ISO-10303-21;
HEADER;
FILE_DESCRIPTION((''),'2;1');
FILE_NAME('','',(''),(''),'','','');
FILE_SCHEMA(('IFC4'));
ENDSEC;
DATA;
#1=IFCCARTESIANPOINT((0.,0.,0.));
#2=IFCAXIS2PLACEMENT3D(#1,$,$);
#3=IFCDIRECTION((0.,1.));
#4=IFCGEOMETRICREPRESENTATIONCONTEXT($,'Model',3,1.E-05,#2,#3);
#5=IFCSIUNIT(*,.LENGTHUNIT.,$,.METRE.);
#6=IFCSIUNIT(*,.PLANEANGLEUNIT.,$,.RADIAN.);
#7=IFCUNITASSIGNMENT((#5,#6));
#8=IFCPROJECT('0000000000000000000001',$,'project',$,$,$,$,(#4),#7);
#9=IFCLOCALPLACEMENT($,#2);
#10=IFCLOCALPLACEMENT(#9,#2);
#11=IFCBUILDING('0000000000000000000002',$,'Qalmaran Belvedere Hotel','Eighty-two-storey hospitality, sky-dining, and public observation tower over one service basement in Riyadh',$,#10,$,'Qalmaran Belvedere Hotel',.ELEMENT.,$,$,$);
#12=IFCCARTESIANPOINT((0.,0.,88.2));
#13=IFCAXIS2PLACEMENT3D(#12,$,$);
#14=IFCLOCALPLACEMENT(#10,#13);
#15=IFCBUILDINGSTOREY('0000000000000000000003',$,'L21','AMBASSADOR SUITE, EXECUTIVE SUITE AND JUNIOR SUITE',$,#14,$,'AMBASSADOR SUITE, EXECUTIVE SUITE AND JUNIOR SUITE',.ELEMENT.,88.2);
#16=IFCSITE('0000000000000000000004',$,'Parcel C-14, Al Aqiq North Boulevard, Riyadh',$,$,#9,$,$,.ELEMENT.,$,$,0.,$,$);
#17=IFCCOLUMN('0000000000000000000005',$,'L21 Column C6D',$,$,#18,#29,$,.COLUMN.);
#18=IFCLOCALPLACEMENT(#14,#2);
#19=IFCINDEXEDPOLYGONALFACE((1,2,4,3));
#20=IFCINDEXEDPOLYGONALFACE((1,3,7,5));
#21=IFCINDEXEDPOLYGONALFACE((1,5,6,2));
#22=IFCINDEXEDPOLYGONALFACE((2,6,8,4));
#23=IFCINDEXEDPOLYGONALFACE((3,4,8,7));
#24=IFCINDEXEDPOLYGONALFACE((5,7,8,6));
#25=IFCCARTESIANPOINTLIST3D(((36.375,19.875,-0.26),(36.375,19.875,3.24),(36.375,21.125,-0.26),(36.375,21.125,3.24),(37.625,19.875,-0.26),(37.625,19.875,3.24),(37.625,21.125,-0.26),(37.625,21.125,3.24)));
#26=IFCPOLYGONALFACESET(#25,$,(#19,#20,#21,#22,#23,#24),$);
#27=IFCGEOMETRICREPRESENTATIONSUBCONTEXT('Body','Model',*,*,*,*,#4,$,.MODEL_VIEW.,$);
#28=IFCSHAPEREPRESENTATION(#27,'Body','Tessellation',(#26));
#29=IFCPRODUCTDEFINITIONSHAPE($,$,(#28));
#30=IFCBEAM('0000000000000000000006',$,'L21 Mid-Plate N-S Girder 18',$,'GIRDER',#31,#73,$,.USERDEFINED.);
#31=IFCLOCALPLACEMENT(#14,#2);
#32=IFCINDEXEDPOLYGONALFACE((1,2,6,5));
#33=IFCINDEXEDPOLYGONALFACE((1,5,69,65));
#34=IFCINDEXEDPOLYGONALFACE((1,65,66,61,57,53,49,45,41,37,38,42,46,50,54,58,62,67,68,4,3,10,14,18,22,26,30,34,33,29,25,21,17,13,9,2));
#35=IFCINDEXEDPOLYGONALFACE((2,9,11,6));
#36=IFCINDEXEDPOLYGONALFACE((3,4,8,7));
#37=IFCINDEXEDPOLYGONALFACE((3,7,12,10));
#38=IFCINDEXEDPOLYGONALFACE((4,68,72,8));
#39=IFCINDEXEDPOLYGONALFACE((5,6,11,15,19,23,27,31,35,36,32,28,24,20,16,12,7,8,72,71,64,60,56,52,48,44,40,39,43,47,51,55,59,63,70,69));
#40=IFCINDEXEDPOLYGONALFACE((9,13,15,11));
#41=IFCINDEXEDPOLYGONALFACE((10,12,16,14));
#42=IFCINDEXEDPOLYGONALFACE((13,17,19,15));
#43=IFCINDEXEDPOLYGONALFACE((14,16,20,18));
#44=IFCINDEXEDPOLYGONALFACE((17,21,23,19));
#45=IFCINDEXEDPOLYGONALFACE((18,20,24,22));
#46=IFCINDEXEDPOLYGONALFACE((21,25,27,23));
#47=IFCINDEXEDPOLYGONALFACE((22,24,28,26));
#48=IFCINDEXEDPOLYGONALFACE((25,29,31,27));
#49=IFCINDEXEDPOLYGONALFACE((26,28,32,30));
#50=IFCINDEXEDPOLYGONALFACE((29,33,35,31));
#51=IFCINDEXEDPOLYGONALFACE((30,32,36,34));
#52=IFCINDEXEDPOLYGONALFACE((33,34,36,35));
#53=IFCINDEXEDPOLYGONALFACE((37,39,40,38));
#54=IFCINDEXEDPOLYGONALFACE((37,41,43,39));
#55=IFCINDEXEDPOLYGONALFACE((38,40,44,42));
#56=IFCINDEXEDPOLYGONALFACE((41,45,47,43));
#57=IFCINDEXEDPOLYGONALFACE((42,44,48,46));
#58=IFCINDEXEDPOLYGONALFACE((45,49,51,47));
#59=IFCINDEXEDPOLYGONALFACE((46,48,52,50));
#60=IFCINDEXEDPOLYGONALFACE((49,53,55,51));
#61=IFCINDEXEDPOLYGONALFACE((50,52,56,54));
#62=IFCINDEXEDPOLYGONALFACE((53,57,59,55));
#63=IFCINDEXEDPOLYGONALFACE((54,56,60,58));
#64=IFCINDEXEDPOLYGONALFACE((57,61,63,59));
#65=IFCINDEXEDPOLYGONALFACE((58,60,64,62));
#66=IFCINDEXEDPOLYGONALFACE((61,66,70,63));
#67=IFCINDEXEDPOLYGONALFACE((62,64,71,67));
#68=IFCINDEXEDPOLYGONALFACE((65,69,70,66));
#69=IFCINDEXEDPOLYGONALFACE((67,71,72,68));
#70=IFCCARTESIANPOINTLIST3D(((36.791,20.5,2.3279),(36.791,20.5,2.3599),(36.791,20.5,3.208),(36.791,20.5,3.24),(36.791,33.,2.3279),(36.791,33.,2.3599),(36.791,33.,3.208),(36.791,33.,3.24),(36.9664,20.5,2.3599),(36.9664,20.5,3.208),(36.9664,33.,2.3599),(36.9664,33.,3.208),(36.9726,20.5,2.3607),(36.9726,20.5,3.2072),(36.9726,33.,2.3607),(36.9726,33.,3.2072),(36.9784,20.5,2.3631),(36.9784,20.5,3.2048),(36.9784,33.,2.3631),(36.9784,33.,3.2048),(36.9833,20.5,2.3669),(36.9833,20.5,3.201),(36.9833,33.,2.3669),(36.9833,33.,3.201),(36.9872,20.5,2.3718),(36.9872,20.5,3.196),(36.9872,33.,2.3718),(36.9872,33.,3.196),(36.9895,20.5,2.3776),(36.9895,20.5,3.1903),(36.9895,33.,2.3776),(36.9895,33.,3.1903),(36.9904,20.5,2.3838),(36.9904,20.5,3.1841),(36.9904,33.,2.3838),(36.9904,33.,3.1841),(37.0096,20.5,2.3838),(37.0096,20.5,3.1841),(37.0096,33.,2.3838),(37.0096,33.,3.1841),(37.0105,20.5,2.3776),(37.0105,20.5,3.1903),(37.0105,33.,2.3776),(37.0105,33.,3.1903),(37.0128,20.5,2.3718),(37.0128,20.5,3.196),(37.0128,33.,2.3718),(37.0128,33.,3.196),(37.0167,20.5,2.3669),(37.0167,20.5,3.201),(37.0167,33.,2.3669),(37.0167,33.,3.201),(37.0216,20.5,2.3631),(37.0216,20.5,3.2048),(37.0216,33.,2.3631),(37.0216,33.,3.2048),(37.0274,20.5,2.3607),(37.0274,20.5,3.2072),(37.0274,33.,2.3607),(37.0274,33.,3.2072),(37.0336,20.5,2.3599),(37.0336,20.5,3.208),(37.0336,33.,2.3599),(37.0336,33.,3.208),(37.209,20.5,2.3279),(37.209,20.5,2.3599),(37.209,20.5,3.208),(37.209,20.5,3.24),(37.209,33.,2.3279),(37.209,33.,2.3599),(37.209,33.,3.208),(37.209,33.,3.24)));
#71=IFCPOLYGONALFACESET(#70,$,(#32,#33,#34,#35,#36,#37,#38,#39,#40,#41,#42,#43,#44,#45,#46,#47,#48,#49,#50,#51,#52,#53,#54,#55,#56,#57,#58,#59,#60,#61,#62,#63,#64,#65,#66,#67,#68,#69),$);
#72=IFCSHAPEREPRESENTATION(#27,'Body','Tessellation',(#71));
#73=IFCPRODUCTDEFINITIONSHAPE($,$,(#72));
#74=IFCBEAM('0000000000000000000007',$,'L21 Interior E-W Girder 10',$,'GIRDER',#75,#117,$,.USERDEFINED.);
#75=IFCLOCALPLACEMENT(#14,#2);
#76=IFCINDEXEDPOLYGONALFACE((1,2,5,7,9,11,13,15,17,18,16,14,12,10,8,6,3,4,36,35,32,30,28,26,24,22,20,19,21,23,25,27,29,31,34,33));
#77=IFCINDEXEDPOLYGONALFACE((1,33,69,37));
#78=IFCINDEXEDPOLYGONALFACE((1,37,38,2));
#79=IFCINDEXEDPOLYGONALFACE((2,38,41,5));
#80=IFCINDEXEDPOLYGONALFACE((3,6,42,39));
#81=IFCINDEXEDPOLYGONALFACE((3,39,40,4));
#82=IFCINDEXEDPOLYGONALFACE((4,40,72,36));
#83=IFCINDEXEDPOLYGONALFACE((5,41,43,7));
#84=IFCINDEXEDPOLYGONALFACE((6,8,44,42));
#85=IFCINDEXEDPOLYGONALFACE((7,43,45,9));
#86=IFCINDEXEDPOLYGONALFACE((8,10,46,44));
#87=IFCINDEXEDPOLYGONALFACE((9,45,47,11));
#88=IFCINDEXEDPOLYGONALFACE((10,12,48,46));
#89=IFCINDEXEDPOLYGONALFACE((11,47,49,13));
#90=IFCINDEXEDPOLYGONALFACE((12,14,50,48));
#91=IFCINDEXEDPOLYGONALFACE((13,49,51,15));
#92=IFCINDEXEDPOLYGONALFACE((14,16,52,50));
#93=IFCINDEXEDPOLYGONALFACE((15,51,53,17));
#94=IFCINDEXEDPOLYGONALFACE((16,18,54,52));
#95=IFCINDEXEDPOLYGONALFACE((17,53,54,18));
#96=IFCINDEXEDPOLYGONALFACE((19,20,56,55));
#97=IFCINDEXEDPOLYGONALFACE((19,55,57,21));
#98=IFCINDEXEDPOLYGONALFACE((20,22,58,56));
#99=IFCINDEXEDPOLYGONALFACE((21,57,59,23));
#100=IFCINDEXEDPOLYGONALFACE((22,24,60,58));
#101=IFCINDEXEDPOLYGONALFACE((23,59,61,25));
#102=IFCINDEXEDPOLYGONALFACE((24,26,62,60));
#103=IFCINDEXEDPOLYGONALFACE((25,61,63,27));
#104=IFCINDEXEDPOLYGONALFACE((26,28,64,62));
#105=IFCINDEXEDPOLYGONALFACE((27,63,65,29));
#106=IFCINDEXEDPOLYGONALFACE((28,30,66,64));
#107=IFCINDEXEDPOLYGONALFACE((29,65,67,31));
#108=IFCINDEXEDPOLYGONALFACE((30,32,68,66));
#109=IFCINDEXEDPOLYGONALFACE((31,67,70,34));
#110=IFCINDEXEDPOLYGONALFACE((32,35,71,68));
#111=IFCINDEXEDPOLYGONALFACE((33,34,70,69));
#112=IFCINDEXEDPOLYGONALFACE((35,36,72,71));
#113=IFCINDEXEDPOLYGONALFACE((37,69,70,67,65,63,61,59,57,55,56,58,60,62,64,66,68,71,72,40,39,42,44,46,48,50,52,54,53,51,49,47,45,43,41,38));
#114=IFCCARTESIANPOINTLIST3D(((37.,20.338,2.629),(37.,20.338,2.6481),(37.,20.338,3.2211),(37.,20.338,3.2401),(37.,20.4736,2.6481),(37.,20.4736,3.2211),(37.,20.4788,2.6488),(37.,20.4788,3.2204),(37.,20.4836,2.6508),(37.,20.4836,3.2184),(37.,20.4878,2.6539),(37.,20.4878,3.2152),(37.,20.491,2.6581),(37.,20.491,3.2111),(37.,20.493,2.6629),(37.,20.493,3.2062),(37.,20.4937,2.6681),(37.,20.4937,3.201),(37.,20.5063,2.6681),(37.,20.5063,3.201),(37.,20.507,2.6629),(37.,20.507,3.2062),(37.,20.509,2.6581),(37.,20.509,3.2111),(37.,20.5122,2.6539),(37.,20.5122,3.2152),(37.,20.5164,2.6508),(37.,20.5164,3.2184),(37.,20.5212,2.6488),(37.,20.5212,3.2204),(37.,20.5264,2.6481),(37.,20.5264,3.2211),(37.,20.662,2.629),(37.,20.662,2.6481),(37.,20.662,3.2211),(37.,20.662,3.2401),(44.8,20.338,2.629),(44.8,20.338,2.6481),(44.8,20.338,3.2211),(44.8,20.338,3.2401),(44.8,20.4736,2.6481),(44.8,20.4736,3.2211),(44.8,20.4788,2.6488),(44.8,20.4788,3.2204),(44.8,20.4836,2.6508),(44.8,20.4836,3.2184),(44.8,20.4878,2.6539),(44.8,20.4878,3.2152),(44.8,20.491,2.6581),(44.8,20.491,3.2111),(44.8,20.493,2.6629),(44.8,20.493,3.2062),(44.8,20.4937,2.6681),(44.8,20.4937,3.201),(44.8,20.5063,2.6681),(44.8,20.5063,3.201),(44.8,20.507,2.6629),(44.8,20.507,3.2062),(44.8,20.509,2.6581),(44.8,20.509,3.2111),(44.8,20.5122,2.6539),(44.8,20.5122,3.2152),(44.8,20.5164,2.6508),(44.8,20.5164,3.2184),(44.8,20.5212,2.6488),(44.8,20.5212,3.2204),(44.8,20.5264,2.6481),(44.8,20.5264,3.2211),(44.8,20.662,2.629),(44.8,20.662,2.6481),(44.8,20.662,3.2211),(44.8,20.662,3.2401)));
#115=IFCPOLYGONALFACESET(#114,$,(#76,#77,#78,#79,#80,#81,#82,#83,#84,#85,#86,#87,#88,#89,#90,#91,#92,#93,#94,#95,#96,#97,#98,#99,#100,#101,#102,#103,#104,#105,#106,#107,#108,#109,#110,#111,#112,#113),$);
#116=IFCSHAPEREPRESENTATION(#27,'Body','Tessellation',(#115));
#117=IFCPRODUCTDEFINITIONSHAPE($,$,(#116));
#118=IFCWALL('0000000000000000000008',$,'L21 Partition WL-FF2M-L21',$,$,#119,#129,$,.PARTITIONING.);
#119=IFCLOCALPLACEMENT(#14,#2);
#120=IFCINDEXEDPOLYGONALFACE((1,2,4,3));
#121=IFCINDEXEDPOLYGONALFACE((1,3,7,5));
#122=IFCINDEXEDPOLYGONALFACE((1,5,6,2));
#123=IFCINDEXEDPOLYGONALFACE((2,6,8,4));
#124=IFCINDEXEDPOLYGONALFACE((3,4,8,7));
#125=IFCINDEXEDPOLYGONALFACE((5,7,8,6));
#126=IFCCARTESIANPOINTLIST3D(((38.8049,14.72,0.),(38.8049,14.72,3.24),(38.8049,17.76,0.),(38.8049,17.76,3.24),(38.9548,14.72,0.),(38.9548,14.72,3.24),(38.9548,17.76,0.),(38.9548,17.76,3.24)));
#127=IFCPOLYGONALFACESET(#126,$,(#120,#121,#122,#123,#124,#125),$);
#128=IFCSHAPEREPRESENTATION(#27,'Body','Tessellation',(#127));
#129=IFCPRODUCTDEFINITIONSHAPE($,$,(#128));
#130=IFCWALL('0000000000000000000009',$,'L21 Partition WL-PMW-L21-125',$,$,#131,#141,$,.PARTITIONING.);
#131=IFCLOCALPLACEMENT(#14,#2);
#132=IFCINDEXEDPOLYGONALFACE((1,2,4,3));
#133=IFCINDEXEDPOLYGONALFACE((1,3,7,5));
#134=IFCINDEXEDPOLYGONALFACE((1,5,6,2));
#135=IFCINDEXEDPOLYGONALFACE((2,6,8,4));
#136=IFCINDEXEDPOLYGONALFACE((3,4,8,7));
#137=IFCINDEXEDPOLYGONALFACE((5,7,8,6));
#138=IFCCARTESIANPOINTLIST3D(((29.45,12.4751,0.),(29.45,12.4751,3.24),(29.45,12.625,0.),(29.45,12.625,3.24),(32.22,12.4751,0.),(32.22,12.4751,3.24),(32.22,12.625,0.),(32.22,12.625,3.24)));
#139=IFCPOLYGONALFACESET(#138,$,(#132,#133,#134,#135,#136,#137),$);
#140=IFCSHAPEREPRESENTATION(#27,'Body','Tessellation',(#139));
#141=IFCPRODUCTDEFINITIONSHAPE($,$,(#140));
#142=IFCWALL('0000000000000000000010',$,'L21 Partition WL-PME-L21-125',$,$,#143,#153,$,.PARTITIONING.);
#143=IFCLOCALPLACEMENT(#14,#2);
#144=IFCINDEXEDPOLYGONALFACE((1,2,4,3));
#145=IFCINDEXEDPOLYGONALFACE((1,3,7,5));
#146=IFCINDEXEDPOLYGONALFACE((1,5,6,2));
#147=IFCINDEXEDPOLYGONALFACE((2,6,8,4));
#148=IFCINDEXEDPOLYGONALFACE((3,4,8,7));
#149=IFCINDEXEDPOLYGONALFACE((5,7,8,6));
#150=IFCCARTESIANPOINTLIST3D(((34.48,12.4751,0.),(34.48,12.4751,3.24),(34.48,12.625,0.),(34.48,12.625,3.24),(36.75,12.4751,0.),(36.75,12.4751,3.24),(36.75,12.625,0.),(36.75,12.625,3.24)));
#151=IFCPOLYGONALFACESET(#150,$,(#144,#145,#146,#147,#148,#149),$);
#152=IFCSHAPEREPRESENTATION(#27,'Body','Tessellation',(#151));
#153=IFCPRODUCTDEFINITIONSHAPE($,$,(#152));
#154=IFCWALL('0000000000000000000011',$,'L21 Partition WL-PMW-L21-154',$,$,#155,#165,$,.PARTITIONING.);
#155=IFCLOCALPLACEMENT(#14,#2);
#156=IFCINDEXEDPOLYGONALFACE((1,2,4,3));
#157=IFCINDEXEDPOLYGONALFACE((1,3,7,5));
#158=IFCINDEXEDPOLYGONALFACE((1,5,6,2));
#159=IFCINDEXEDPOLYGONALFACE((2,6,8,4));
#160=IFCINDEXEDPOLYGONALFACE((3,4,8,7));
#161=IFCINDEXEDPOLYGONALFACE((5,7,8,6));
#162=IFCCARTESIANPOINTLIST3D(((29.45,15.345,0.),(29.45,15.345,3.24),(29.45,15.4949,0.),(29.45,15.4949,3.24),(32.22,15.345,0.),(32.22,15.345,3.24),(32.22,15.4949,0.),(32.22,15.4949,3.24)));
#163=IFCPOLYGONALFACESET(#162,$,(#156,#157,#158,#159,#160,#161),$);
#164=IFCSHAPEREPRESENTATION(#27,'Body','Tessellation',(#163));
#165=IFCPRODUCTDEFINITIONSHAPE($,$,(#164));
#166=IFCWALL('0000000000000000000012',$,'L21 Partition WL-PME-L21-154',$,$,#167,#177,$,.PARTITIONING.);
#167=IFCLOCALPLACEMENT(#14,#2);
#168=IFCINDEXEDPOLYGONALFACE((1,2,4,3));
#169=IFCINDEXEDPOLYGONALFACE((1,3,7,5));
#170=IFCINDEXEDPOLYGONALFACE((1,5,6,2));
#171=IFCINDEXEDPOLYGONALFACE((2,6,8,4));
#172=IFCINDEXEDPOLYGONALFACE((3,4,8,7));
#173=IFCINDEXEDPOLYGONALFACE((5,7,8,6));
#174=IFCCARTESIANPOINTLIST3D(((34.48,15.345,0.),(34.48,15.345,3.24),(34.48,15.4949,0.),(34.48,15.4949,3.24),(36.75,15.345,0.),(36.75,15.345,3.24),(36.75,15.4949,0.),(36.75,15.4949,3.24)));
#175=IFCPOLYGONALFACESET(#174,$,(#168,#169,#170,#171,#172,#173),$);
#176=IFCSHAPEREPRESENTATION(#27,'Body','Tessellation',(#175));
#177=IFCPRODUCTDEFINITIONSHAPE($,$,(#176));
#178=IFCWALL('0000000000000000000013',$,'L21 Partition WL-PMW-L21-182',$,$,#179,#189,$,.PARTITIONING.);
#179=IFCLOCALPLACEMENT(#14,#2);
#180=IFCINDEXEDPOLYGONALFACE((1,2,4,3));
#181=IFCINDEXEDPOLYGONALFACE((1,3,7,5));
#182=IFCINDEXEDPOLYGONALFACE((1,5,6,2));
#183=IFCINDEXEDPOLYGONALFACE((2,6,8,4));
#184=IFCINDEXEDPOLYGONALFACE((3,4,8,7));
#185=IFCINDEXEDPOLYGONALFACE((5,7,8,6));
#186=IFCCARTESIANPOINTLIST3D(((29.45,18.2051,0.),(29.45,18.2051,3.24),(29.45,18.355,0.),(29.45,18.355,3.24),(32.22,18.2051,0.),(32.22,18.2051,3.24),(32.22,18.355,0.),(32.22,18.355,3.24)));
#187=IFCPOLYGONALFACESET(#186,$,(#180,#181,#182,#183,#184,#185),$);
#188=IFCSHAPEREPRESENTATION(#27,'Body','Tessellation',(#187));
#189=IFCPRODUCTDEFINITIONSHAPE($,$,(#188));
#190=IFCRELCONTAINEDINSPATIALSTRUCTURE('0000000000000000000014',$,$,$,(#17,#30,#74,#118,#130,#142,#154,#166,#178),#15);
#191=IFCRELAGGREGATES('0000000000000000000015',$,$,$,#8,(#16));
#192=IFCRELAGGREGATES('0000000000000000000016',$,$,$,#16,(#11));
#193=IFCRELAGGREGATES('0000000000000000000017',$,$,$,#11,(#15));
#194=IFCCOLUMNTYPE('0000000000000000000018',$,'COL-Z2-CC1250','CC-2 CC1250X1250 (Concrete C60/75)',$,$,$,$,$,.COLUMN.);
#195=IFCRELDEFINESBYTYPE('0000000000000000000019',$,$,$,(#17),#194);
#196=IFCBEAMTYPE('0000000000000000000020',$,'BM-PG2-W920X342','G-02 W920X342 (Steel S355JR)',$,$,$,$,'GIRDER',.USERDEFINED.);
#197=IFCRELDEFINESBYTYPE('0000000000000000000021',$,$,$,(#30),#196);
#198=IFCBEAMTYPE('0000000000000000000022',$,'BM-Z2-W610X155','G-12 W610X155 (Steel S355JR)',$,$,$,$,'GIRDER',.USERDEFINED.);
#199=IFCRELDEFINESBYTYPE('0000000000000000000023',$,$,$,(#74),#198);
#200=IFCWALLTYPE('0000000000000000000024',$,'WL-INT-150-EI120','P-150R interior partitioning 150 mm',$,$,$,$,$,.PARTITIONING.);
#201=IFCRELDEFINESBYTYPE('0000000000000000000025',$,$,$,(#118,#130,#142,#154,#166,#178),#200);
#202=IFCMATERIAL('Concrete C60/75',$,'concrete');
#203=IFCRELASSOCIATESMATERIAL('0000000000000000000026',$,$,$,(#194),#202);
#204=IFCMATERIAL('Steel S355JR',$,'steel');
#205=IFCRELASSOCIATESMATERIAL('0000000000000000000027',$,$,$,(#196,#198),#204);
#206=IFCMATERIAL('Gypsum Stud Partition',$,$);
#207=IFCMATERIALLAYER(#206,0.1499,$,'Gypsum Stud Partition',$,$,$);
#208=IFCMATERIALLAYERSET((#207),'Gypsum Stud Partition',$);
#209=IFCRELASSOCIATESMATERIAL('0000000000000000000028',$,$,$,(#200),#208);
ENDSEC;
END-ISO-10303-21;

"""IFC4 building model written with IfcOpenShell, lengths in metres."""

from ifc_helpers import new_model, si_unit, direction, frame, frame_2d, origin, origin_2d, place, context, subcontext, project, spatial, rectangle, i_section, extrude, material, layer, layer_set, material_profile, profile_set, type_object, element, save


model = new_model("IFC4")

# Units and contexts
model_context = context("Model", 3, precision=1e-05, world=origin(), true_north=direction((0.0, 1.0)))
body_context = subcontext(model_context, "Body", "Model", "MODEL_VIEW")
ifc_project = project(units=[si_unit("LENGTHUNIT", "METRE"), si_unit("PLANEANGLEUNIT", "RADIAN")], contexts=[model_context])

# Site, building, storey
site_placement = place(None, origin())
site = spatial("IfcSite", under=ifc_project, at=site_placement, Name="Parcel C-14, Al Aqiq North Boulevard, Riyadh", CompositionType="ELEMENT", RefElevation=0.0)
building_placement = place(site_placement, origin())
building = spatial("IfcBuilding", under=site, at=building_placement, Name="Qalmaran Belvedere Hotel", Description="Eighty-two-storey hospitality, sky-dining, and public observation tower over one service basement in Riyadh", LongName="Qalmaran Belvedere Hotel", CompositionType="ELEMENT")
storey_placement = place(building_placement, frame((0.0, 0.0, 88.2)))
storey = spatial("IfcBuildingStorey", under=building, at=storey_placement, Name="L21", Description="AMBASSADOR SUITE, EXECUTIVE SUITE AND JUNIOR SUITE", LongName="AMBASSADOR SUITE, EXECUTIVE SUITE AND JUNIOR SUITE", CompositionType="ELEMENT", Elevation=88.2)

# Column
ifc_material_1 = material(Name="Concrete C60/75", Category="concrete")
ifc_material_profile_1 = material_profile(ifc_material_1, rectangle(XDim=1.25, YDim=1.25, at=origin_2d()), Name="CC1250X1250")
ifc_profile_set_1 = profile_set([ifc_material_profile_1], Name="Concrete C60/75")
column_type = type_object("IfcColumnType", Name="COL-Z2-CC1250", Description="CC-2 CC1250X1250 (Concrete C60/75)", PredefinedType="COLUMN", material=ifc_profile_set_1)
column_placement = place(storey_placement, frame((37.0, 20.5, -0.26), z_axis=(0.0, 0.0, 1.0), x_axis=(1.0, 0.0, 0.0)))
element("IfcColumn", 1, at=column_placement, inside=storey, type_object=column_type, Name="L21 Column C6D", PredefinedType="COLUMN", context=body_context, shape_type="SweptSolid", body=[
    extrude(rectangle(XDim=1.25, YDim=1.25, at=origin_2d()), origin(), (0.0, 0.0, 1.0), 3.5),
])

# Beams
ifc_material_2 = material(Name="Steel S355JR", Category="steel")
ifc_material_profile_2 = material_profile(ifc_material_2, i_section(OverallWidth=0.418, OverallDepth=0.9121, WebThickness=0.0193, FlangeThickness=0.032, FilletRadius=0.0239, at=origin_2d()), Name="W920X342")
ifc_profile_set_2 = profile_set([ifc_material_profile_2], Name="Steel S355JR")
beam_type_1 = type_object("IfcBeamType", Name="BM-PG2-W920X342", Description="G-02 W920X342 (Steel S355JR)", ElementType="GIRDER", PredefinedType="USERDEFINED", material=ifc_profile_set_2)
beam_1_placement = place(storey_placement, frame((37.0, 20.5, 2.7839), z_axis=(0.0, 1.0, 0.0), x_axis=(-1.0, 0.0, 0.0)))
element("IfcBeam", 2, at=beam_1_placement, inside=storey, type_object=beam_type_1, Name="L21 Mid-Plate N-S Girder 18", ObjectType="GIRDER", PredefinedType="USERDEFINED", context=body_context, shape_type="SweptSolid", body=[
    extrude(i_section(OverallWidth=0.418, OverallDepth=0.9121, WebThickness=0.0193, FlangeThickness=0.032, FilletRadius=0.0239, at=origin_2d()), origin(), (0.0, 0.0, 1.0), 12.5),
])
ifc_material_profile_3 = material_profile(ifc_material_2, i_section(OverallWidth=0.324, OverallDepth=0.6111, WebThickness=0.0127, FlangeThickness=0.019, FilletRadius=0.02, at=origin_2d()), Name="W610X155")
ifc_profile_set_3 = profile_set([ifc_material_profile_3], Name="Steel S355JR")
beam_type_2 = type_object("IfcBeamType", Name="BM-Z2-W610X155", Description="G-12 W610X155 (Steel S355JR)", ElementType="GIRDER", PredefinedType="USERDEFINED", material=ifc_profile_set_3)
beam_2_placement = place(storey_placement, frame((37.0, 20.5, 2.9346), z_axis=(1.0, 0.0, 0.0), x_axis=(0.0, 1.0, 0.0)))
element("IfcBeam", 3, at=beam_2_placement, inside=storey, type_object=beam_type_2, Name="L21 Interior E-W Girder 10", ObjectType="GIRDER", PredefinedType="USERDEFINED", context=body_context, shape_type="SweptSolid", body=[
    extrude(i_section(OverallWidth=0.324, OverallDepth=0.6111, WebThickness=0.0127, FlangeThickness=0.019, FilletRadius=0.02, at=origin_2d()), origin(), (0.0, 0.0, 1.0), 7.8),
])

# Walls
ifc_material_3 = material(Name="Gypsum Stud Partition")
ifc_layer_1 = layer(ifc_material_3, 0.1499, Name="Gypsum Stud Partition")
ifc_layer_set_1 = layer_set([ifc_layer_1], Name="Gypsum Stud Partition")
wall_type_1 = type_object("IfcWallType", Name="WL-INT-150-EI120", Description="P-150R interior partitioning 150 mm", PredefinedType="PARTITIONING", material=ifc_layer_set_1)
wall_1_placement = place(storey_placement, frame((38.8799, 14.72, 0.0), z_axis=(0.0, 0.0, 1.0), x_axis=(0.0, 1.0, 0.0)))
element("IfcWall", 4, at=wall_1_placement, inside=storey, type_object=wall_type_1, Name="L21 Partition WL-FF2M-L21", PredefinedType="PARTITIONING", context=body_context, shape_type="SweptSolid", body=[
    extrude(rectangle(XDim=3.04, YDim=0.1499, at=frame_2d((1.52, 0.0))), origin(), (0.0, 0.0, 1.0), 3.24),
])
wall_2_placement = place(storey_placement, frame((29.45, 12.55, 0.0), z_axis=(0.0, 0.0, 1.0), x_axis=(1.0, 0.0, 0.0)))
element("IfcWall", 5, at=wall_2_placement, inside=storey, type_object=wall_type_1, Name="L21 Partition WL-PMW-L21-125", PredefinedType="PARTITIONING", context=body_context, shape_type="SweptSolid", body=[
    extrude(rectangle(XDim=2.77, YDim=0.1499, at=frame_2d((1.385, 0.0))), origin(), (0.0, 0.0, 1.0), 3.24),
])
wall_3_placement = place(storey_placement, frame((34.48, 12.55, 0.0), z_axis=(0.0, 0.0, 1.0), x_axis=(1.0, 0.0, 0.0)))
element("IfcWall", 6, at=wall_3_placement, inside=storey, type_object=wall_type_1, Name="L21 Partition WL-PME-L21-125", PredefinedType="PARTITIONING", context=body_context, shape_type="SweptSolid", body=[
    extrude(rectangle(XDim=2.27, YDim=0.1499, at=frame_2d((1.135, 0.0))), origin(), (0.0, 0.0, 1.0), 3.24),
])
wall_4_placement = place(storey_placement, frame((29.45, 15.4199, 0.0), z_axis=(0.0, 0.0, 1.0), x_axis=(1.0, 0.0, 0.0)))
element("IfcWall", 7, at=wall_4_placement, inside=storey, type_object=wall_type_1, Name="L21 Partition WL-PMW-L21-154", PredefinedType="PARTITIONING", context=body_context, shape_type="SweptSolid", body=[
    extrude(rectangle(XDim=2.77, YDim=0.1499, at=frame_2d((1.385, 0.0))), origin(), (0.0, 0.0, 1.0), 3.24),
])
wall_5_placement = place(storey_placement, frame((34.48, 15.4199, 0.0), z_axis=(0.0, 0.0, 1.0), x_axis=(1.0, 0.0, 0.0)))
element("IfcWall", 8, at=wall_5_placement, inside=storey, type_object=wall_type_1, Name="L21 Partition WL-PME-L21-154", PredefinedType="PARTITIONING", context=body_context, shape_type="SweptSolid", body=[
    extrude(rectangle(XDim=2.27, YDim=0.1499, at=frame_2d((1.135, 0.0))), origin(), (0.0, 0.0, 1.0), 3.24),
])
wall_6_placement = place(storey_placement, frame((29.45, 18.28, 0.0), z_axis=(0.0, 0.0, 1.0), x_axis=(1.0, 0.0, 0.0)))
element("IfcWall", 9, at=wall_6_placement, inside=storey, type_object=wall_type_1, Name="L21 Partition WL-PMW-L21-182", PredefinedType="PARTITIONING", context=body_context, shape_type="SweptSolid", body=[
    extrude(rectangle(XDim=2.77, YDim=0.1499, at=frame_2d((1.385, 0.0))), origin(), (0.0, 0.0, 1.0), 3.24),
])

save(model, "model.ifc")
